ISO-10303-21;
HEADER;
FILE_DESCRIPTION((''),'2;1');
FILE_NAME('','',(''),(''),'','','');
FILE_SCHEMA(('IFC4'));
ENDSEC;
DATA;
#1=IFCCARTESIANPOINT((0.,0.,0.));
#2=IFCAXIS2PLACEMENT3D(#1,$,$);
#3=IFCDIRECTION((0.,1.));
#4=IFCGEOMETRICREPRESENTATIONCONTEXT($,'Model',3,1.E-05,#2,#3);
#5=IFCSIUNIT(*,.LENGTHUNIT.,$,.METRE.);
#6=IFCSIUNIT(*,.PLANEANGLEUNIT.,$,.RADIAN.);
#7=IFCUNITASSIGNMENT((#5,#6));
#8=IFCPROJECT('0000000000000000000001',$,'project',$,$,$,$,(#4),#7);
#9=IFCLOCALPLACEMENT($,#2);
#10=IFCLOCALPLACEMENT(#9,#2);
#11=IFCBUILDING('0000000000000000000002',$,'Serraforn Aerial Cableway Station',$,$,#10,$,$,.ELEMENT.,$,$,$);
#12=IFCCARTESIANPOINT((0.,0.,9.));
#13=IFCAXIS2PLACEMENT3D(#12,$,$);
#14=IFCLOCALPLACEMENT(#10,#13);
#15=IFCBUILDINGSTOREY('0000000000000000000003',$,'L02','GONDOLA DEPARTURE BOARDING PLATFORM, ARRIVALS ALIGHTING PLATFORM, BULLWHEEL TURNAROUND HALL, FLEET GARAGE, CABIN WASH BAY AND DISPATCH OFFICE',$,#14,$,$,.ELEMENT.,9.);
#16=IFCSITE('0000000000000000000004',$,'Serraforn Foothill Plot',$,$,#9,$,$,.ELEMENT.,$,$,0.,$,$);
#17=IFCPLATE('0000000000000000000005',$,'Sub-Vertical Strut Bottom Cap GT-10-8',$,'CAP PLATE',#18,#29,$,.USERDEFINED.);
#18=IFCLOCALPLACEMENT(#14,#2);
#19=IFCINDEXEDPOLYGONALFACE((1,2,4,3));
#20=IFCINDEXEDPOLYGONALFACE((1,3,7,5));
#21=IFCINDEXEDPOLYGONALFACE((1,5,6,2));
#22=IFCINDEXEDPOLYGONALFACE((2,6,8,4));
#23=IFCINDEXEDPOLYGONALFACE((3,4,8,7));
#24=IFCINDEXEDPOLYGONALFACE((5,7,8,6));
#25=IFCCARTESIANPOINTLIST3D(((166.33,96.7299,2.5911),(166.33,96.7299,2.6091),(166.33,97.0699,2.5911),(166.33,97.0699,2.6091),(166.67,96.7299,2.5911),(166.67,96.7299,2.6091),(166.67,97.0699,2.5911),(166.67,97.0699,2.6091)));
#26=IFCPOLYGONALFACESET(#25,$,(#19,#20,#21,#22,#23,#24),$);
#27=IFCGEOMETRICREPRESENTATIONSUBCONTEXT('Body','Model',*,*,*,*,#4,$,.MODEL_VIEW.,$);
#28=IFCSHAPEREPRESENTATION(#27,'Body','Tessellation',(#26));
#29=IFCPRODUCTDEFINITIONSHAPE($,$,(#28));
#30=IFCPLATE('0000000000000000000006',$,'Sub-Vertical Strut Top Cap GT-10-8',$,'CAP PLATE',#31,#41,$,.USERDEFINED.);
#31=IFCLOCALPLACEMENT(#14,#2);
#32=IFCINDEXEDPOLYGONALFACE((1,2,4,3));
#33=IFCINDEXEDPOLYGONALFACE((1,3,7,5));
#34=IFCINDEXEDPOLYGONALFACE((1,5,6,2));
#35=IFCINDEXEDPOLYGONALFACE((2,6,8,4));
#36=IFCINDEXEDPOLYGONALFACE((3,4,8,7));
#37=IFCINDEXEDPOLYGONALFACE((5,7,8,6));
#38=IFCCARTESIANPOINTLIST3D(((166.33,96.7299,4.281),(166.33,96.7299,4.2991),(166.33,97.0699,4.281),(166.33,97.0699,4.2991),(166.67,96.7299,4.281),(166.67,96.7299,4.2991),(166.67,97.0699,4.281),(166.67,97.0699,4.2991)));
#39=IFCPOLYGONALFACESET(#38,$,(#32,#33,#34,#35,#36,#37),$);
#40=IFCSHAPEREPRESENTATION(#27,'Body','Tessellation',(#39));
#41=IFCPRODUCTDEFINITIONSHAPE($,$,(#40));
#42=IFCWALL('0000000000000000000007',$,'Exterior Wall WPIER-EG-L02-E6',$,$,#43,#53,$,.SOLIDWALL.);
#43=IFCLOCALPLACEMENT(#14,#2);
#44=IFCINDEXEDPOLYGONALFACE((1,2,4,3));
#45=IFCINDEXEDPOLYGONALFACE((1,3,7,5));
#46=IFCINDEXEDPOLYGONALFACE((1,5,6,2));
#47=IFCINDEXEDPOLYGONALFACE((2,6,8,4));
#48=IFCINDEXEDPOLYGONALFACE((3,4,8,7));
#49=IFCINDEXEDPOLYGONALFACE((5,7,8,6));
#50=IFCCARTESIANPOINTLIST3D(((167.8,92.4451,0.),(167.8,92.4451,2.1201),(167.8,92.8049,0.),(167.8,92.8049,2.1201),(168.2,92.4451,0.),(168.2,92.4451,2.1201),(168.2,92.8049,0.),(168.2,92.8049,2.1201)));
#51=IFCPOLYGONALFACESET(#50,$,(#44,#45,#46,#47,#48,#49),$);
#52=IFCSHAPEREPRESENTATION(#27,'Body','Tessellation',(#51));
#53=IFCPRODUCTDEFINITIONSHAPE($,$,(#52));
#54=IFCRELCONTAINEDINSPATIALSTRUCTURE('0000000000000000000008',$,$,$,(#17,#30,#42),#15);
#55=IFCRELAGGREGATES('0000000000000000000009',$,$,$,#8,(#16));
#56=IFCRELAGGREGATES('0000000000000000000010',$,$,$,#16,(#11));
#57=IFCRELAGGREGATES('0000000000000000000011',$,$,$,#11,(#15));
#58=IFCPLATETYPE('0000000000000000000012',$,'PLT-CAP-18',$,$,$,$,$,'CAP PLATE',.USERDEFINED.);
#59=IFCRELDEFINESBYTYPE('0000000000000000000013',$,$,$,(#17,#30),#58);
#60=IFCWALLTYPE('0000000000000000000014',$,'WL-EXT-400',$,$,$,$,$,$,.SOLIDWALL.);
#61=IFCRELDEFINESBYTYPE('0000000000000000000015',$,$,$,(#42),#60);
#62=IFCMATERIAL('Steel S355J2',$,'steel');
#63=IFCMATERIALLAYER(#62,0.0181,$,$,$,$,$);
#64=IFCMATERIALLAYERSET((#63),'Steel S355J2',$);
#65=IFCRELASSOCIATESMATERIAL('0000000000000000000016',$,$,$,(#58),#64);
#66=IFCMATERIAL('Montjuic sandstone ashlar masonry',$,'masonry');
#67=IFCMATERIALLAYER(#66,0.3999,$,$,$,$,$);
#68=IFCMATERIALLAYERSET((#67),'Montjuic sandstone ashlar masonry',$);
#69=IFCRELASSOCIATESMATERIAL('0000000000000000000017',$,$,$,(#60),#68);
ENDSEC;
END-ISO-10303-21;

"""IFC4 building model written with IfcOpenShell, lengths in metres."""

from ifc_helpers import new_model, si_unit, direction, frame, frame_2d, origin, origin_2d, place, context, subcontext, project, spatial, rectangle, extrude, material, layer, layer_set, type_object, element, save


model = new_model("IFC4")

# Units and contexts
model_context = context("Model", 3, precision=1e-05, world=origin(), true_north=direction((0.0, 1.0)))
body_context = subcontext(model_context, "Body", "Model", "MODEL_VIEW")
ifc_project = project(units=[si_unit("LENGTHUNIT", "METRE"), si_unit("PLANEANGLEUNIT", "RADIAN")], contexts=[model_context])

# Site, building, storey
site_placement = place(None, origin())
site = spatial("IfcSite", under=ifc_project, at=site_placement, Name="Serraforn Foothill Plot", CompositionType="ELEMENT", RefElevation=0.0)
building_placement = place(site_placement, origin())
building = spatial("IfcBuilding", under=site, at=building_placement, Name="Serraforn Aerial Cableway Station", CompositionType="ELEMENT")
storey_placement = place(building_placement, frame((0.0, 0.0, 9.0)))
storey = spatial("IfcBuildingStorey", under=building, at=storey_placement, Name="L02", Description="GONDOLA DEPARTURE BOARDING PLATFORM, ARRIVALS ALIGHTING PLATFORM, BULLWHEEL TURNAROUND HALL, FLEET GARAGE, CABIN WASH BAY AND DISPATCH OFFICE", CompositionType="ELEMENT", Elevation=9.0)

# Shared definitions
ifc_material_1 = material(Name="Steel S355J2", Category="steel")

# Plates
ifc_layer_1 = layer(ifc_material_1, 0.0181)
ifc_layer_set_1 = layer_set([ifc_layer_1], Name="Steel S355J2")
plate_type_1 = type_object("IfcPlateType", Name="PLT-CAP-18", ElementType="CAP PLATE", PredefinedType="USERDEFINED", material=ifc_layer_set_1)
for number, where, z_axis, x_axis, name in (
    (1, (166.5, 96.8999, 2.5911), (0.0, 0.0, 1.0), (1.0, 0.0, 0.0), "Sub-Vertical Strut Bottom Cap GT-10-8"),
    (2, (166.5, 96.8999, 4.281), (0.0, 0.0, 1.0), (1.0, 0.0, 0.0), "Sub-Vertical Strut Top Cap GT-10-8"),
):
    element("IfcPlate", number, at=place(storey_placement, frame(where, z_axis=z_axis, x_axis=x_axis)), inside=storey, type_object=plate_type_1, Name=name, ObjectType="CAP PLATE", PredefinedType="USERDEFINED", context=body_context, shape_type="SweptSolid", body=[
        extrude(rectangle(XDim=0.3401, YDim=0.3401, at=origin_2d()), origin(), (0.0, 0.0, 1.0), 0.0181),
    ])

# Wall
ifc_material_2 = material(Name="Montjuic sandstone ashlar masonry", Category="masonry")
ifc_layer_2 = layer(ifc_material_2, 0.3999)
ifc_layer_set_2 = layer_set([ifc_layer_2], Name="Montjuic sandstone ashlar masonry")
wall_type = type_object("IfcWallType", Name="WL-EXT-400", PredefinedType="SOLIDWALL", material=ifc_layer_set_2)
wall_placement = place(storey_placement, frame((168.0, 92.4451, 0.0), z_axis=(0.0, 0.0, 1.0), x_axis=(0.0, 1.0, 0.0)))
element("IfcWall", 3, at=wall_placement, inside=storey, type_object=wall_type, Name="Exterior Wall WPIER-EG-L02-E6", PredefinedType="SOLIDWALL", context=body_context, shape_type="SweptSolid", body=[
    extrude(rectangle(XDim=0.3599, YDim=0.3999, at=frame_2d((0.1799, 0.0))), origin(), (0.0, 0.0, 1.0), 2.1201),
])

save(model, "model.ifc")
